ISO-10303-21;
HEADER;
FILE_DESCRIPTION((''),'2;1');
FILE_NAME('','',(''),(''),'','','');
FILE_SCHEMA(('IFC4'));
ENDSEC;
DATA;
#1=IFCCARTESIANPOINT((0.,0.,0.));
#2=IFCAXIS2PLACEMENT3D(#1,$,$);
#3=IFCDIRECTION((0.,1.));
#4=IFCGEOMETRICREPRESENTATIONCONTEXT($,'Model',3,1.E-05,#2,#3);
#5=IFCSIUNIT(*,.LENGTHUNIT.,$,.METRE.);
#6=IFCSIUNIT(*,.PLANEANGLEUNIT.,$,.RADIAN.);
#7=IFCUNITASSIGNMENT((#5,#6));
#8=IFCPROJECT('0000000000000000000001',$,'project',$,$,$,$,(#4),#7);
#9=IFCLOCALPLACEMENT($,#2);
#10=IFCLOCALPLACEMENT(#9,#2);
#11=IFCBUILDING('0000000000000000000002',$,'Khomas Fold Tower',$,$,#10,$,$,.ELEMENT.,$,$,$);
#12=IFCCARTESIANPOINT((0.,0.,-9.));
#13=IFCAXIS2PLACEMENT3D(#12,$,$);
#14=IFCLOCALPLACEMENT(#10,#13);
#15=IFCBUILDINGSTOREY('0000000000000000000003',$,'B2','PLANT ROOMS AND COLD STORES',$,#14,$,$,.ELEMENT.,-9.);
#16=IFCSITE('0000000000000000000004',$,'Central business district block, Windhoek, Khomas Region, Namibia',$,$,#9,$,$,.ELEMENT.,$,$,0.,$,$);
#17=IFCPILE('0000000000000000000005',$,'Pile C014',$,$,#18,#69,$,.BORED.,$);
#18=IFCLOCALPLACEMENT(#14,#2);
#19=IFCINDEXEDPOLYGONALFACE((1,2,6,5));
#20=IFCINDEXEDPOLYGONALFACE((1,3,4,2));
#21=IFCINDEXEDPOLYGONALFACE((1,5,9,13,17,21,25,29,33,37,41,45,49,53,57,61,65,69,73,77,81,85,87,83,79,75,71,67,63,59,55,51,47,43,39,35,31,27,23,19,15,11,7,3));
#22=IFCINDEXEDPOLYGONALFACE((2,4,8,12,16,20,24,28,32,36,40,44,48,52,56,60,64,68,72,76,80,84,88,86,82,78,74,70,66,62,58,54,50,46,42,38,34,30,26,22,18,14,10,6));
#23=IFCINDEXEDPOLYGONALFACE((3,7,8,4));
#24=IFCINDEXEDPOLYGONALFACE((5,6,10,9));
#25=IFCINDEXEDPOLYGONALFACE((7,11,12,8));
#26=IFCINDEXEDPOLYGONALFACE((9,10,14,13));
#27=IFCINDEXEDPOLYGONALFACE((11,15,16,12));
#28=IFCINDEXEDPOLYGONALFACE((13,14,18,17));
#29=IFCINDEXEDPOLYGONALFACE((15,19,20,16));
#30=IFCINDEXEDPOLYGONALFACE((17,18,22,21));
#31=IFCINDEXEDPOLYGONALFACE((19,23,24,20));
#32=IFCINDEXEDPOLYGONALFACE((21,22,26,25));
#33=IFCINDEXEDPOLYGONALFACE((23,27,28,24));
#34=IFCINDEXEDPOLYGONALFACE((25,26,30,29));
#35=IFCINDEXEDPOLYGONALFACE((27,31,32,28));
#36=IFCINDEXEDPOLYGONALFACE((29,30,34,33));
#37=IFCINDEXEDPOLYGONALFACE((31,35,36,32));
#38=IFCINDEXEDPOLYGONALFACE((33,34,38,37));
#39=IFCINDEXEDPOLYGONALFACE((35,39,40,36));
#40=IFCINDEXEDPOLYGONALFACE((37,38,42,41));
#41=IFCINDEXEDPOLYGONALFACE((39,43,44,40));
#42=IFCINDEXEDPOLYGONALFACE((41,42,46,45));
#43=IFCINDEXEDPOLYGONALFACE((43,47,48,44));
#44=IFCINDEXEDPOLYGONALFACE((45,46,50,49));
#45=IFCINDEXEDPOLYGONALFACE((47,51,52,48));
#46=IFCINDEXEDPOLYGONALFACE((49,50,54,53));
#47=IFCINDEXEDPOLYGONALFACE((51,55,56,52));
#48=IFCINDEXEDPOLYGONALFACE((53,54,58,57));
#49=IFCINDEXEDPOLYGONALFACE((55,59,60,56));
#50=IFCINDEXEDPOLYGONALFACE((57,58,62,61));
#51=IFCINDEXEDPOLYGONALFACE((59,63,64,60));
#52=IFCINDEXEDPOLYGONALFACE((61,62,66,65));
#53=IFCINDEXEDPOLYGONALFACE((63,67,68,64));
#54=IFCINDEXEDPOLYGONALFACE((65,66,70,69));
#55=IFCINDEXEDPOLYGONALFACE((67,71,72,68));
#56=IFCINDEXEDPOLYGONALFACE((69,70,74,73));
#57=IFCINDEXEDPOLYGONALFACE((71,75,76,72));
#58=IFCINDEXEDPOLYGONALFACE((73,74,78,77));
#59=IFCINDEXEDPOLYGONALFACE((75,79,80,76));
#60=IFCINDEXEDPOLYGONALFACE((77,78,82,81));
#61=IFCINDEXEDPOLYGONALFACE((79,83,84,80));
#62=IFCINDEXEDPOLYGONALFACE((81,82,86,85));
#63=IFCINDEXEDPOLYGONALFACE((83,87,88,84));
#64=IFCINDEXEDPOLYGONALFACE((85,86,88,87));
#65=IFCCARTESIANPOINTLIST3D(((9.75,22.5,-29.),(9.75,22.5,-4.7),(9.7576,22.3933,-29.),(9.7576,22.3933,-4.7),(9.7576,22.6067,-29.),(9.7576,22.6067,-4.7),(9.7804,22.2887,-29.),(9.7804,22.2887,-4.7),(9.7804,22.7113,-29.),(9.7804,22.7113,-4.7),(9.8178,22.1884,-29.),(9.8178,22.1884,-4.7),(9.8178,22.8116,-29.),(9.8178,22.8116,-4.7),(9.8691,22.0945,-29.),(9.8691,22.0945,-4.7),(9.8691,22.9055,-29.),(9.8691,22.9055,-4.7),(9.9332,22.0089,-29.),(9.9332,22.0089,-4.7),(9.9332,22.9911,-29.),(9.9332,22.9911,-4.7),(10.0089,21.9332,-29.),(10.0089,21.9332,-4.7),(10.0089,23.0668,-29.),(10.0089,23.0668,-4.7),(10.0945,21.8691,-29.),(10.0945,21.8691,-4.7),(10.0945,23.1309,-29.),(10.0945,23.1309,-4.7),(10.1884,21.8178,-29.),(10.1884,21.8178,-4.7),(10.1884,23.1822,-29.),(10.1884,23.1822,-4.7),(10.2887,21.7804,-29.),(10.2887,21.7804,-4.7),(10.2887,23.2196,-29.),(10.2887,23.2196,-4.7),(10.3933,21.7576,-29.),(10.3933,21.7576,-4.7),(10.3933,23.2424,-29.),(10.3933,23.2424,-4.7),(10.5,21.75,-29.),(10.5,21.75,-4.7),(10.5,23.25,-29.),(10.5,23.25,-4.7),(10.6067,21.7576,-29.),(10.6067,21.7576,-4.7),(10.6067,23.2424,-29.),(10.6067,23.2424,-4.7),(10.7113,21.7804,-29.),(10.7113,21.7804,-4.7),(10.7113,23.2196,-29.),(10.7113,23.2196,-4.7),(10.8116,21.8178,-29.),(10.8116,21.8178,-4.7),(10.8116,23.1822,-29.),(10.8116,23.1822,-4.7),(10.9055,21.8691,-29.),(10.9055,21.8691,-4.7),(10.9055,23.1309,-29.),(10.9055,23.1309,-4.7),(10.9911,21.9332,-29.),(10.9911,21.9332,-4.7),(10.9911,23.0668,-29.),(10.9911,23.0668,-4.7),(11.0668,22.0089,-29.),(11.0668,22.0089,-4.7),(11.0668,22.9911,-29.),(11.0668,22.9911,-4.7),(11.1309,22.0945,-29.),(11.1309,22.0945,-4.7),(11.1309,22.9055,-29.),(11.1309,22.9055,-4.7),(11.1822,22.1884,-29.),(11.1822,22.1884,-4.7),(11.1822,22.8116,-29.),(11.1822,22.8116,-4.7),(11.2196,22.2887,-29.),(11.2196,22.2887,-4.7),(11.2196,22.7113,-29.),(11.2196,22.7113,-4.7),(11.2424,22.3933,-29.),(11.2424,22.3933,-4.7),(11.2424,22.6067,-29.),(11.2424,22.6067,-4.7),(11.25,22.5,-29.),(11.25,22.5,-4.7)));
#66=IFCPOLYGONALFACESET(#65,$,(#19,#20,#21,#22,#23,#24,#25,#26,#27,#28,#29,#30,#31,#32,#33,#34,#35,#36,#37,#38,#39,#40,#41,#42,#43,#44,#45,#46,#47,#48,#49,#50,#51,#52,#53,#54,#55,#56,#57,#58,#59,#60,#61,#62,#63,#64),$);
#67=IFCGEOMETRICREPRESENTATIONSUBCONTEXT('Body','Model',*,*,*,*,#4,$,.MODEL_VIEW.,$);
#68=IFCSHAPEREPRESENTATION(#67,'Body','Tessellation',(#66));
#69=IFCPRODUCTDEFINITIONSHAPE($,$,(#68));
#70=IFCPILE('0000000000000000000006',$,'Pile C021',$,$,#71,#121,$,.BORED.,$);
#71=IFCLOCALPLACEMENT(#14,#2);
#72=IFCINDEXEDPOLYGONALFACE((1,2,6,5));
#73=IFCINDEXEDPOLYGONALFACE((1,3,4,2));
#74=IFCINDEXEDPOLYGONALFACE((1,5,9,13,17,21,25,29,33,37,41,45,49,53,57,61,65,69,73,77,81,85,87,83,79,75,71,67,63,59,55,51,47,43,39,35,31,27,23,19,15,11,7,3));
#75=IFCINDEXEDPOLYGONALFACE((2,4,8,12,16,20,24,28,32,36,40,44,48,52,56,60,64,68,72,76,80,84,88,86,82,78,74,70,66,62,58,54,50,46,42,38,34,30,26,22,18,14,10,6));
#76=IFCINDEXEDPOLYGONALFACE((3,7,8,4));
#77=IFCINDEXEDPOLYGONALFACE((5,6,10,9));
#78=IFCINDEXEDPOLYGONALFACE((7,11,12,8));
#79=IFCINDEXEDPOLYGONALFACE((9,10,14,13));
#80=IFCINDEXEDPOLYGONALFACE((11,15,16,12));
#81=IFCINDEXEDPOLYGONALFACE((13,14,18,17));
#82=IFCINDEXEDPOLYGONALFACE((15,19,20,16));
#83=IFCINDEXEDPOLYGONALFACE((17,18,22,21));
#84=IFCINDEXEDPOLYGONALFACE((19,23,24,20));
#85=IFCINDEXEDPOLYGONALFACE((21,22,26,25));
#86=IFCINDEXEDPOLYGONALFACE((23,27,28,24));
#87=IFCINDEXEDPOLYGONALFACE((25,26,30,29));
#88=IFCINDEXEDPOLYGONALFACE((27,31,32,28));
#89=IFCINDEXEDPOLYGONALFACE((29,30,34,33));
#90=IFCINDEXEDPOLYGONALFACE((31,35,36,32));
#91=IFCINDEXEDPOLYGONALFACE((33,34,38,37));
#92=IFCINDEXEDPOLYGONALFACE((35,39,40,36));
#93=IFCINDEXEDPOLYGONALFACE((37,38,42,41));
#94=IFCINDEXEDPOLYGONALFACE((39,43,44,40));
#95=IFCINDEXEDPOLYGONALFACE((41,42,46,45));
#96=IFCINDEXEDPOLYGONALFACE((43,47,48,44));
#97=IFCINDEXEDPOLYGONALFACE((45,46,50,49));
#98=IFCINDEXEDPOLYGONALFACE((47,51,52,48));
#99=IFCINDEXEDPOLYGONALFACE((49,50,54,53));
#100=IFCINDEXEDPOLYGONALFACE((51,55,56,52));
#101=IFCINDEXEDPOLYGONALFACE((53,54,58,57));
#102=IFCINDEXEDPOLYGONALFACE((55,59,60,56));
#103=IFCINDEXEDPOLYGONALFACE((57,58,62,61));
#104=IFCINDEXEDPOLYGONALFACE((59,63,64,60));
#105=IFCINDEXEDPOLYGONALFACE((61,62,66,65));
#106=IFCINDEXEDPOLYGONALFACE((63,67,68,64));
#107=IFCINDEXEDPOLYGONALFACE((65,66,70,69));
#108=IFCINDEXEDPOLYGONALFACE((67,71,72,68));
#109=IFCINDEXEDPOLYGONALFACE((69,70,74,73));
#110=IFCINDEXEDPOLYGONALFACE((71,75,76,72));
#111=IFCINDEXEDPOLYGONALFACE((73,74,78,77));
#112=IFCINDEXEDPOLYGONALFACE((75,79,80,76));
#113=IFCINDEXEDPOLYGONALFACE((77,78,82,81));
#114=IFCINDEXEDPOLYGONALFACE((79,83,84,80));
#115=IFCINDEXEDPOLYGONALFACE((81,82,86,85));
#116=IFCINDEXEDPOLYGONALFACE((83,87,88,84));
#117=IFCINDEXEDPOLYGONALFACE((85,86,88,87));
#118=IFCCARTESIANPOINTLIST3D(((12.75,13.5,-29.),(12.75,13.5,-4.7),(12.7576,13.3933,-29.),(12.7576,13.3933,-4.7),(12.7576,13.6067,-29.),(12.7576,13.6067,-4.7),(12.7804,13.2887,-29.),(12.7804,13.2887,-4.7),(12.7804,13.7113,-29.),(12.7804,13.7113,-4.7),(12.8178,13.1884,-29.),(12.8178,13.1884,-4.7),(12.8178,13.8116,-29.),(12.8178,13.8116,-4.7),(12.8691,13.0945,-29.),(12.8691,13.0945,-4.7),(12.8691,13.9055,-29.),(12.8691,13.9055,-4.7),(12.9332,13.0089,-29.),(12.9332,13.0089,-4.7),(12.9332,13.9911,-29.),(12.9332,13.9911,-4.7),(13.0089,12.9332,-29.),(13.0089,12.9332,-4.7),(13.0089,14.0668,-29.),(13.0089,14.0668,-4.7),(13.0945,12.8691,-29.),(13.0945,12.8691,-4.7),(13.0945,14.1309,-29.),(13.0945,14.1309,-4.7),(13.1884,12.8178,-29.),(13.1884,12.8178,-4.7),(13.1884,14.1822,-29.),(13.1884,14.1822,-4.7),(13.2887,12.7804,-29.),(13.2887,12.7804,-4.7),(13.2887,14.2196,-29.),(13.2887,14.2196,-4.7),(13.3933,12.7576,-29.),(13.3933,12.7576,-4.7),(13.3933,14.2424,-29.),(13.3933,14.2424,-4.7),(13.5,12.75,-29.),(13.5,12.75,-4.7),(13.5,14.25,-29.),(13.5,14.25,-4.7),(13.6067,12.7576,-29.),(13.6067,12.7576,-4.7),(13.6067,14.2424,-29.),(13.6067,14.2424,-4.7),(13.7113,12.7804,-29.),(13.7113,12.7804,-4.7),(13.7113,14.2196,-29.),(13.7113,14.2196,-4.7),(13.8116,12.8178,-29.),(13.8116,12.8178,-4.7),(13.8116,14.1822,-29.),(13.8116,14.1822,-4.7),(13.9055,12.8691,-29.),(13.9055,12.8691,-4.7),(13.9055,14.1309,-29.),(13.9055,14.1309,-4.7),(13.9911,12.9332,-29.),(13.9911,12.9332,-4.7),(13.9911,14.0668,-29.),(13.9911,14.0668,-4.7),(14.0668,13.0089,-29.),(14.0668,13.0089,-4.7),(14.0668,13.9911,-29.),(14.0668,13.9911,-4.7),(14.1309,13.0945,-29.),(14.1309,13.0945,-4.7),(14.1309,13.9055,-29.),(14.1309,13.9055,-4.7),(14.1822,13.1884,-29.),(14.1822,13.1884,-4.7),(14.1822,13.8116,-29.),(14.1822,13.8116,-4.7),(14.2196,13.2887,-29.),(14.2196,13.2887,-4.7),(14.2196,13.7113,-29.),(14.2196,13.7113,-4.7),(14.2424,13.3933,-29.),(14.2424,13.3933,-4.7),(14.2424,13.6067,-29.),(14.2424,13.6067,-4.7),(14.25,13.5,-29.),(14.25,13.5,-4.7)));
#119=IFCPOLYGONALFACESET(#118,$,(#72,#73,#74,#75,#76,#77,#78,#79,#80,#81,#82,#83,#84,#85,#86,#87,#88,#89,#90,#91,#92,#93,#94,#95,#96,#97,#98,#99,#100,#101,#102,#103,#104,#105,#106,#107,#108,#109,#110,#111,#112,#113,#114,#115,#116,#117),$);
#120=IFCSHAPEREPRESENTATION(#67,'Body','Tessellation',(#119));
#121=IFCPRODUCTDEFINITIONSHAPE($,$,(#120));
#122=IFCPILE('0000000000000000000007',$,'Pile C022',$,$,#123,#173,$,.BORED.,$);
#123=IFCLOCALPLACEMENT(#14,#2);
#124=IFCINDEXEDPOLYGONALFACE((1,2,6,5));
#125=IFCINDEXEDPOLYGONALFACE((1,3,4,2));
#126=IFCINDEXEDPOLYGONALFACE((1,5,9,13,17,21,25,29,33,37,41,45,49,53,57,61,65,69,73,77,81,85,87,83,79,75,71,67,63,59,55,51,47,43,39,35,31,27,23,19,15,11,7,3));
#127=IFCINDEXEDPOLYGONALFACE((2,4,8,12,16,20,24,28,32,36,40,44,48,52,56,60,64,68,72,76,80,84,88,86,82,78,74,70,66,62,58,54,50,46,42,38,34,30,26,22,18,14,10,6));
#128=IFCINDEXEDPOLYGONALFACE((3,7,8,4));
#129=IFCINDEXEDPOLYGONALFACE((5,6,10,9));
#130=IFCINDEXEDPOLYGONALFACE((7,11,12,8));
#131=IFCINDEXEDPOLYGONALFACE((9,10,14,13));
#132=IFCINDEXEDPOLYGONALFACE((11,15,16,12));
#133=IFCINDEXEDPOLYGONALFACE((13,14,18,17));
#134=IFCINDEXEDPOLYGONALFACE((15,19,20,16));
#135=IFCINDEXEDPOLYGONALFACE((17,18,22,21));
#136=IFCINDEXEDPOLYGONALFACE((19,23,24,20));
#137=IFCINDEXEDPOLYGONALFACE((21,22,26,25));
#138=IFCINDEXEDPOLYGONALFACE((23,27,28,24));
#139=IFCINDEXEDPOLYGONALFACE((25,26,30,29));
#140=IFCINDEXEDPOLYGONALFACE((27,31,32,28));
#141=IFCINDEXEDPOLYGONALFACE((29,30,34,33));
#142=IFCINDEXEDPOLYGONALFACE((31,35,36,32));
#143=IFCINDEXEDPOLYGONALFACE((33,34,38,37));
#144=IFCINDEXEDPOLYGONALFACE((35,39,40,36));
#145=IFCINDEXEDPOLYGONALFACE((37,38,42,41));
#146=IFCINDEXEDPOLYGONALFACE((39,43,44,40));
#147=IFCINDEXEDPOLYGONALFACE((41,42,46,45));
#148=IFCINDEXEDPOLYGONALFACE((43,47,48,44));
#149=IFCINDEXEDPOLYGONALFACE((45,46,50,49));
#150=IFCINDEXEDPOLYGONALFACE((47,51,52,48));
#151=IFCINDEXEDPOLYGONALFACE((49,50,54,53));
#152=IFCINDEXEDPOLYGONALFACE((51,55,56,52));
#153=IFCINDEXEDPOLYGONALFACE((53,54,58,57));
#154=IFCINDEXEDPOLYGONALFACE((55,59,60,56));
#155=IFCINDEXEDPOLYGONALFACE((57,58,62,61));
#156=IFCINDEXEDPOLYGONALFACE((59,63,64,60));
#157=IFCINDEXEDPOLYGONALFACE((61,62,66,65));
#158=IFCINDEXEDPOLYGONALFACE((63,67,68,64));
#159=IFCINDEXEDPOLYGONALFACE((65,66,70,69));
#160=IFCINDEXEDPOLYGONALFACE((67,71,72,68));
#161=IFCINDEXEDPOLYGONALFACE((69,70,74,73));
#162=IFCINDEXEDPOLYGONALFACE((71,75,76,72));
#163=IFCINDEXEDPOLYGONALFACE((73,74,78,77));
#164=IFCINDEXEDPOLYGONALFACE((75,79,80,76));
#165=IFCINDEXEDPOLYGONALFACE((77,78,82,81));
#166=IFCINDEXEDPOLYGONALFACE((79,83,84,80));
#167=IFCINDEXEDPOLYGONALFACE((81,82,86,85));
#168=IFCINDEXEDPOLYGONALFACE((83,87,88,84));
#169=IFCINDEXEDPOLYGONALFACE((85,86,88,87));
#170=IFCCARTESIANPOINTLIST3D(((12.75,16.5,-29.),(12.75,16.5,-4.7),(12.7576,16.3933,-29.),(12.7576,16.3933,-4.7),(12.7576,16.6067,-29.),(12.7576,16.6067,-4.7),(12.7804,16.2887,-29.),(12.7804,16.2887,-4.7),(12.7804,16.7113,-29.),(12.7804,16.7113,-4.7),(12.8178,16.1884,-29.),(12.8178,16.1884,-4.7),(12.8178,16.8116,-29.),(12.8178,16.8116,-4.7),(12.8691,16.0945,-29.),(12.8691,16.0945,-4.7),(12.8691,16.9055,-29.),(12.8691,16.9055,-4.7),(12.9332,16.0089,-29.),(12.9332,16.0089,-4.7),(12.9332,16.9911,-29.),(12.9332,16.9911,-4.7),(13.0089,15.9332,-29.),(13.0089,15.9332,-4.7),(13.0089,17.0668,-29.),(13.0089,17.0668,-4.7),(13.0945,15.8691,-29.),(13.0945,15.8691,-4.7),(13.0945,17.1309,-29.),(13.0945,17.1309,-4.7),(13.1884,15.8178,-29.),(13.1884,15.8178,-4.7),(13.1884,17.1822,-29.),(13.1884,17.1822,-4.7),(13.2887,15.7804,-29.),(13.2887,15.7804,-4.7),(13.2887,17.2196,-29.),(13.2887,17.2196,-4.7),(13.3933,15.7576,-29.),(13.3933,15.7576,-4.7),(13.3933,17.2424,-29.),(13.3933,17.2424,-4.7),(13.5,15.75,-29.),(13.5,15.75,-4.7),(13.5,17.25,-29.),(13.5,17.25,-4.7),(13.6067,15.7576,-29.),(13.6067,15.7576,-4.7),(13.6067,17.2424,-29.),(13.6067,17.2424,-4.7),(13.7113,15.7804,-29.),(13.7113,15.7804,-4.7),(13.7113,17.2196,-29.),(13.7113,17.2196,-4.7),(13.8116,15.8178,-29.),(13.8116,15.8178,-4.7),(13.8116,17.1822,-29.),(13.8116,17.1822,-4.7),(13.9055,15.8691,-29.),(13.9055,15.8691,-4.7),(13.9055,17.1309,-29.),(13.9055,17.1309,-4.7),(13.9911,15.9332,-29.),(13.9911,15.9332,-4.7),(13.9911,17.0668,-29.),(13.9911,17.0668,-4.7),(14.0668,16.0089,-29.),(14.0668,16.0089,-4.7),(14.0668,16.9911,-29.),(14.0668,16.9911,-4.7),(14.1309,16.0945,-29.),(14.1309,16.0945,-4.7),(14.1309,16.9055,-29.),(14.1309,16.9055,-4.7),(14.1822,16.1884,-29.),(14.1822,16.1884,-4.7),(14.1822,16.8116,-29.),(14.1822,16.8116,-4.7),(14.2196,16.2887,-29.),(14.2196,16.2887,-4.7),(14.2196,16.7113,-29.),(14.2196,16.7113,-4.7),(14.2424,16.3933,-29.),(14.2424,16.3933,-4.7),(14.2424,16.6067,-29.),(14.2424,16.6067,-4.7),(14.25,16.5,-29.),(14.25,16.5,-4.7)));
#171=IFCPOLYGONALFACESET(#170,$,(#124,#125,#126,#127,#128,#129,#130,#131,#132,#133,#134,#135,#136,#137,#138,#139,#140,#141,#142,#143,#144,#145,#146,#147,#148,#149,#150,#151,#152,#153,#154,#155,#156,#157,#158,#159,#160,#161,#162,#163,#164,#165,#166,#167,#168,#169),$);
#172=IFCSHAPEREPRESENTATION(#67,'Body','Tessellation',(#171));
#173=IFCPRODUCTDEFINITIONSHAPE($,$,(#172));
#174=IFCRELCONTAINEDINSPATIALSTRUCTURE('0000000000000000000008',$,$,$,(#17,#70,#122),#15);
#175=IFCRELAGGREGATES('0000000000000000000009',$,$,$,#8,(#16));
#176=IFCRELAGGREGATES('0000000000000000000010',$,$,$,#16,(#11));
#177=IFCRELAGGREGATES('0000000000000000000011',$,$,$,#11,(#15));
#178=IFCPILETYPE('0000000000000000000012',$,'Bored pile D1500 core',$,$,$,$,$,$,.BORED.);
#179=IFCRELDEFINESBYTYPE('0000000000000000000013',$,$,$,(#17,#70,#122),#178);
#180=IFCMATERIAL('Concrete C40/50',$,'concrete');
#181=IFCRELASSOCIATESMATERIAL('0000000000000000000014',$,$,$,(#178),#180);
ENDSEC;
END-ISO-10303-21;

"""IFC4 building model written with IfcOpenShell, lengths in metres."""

from ifc_helpers import new_model, si_unit, direction, frame, origin, origin_2d, place, context, subcontext, project, spatial, circle, extrude, source, transform, mapped, material, material_profile, profile_set, type_object, element, save


model = new_model("IFC4")

# Units and contexts
model_context = context("Model", 3, precision=1e-05, world=origin(), true_north=direction((0.0, 1.0)))
body_context = subcontext(model_context, "Body", "Model", "MODEL_VIEW")
ifc_project = project(units=[si_unit("LENGTHUNIT", "METRE"), si_unit("PLANEANGLEUNIT", "RADIAN")], contexts=[model_context])

# Site, building, storey
site_placement = place(None, origin())
site = spatial("IfcSite", under=ifc_project, at=site_placement, Name="Central business district block, Windhoek, Khomas Region, Namibia", CompositionType="ELEMENT", RefElevation=0.0)
building_placement = place(site_placement, origin())
building = spatial("IfcBuilding", under=site, at=building_placement, Name="Khomas Fold Tower", CompositionType="ELEMENT")
storey_placement = place(building_placement, frame((0.0, 0.0, -9.0)))
storey = spatial("IfcBuildingStorey", under=building, at=storey_placement, Name="B2", Description="PLANT ROOMS AND COLD STORES", CompositionType="ELEMENT", Elevation=-9.0)

# Piles
ifc_material_1 = material(Name="Concrete C40/50", Category="concrete")
ifc_material_profile = material_profile(ifc_material_1, circle(Radius=0.75, at=origin_2d()), Name="PILE D1500")
ifc_profile_set = profile_set([ifc_material_profile], Name="Concrete C40/50")
pile_type = type_object("IfcPileType", Name="Bored pile D1500 core", PredefinedType="BORED", material=ifc_profile_set)
shared_shape_1 = source(origin(), body_context, "Body", "SweptSolid", [
    extrude(circle(Radius=0.75, at=origin_2d()), origin(), (0.0, 0.0, 1.0), 24.3),
])
for number, where, z_axis, x_axis, name in (
    (1, (10.5, 22.5, -4.7), (0.0, 0.0, -1.0), (1.0, 0.0, 0.0), "Pile C014"),
    (2, (13.5, 13.5, -4.7), (0.0, 0.0, -1.0), (1.0, 0.0, 0.0), "Pile C021"),
    (3, (13.5, 16.5, -4.7), (0.0, 0.0, -1.0), (1.0, 0.0, 0.0), "Pile C022"),
):
    element("IfcPile", number, at=place(storey_placement, frame(where, z_axis=z_axis, x_axis=x_axis)), inside=storey, type_object=pile_type, Name=name, PredefinedType="BORED", context=body_context, shape_type="MappedRepresentation", body=[
        mapped(shared_shape_1, transform((0.0, 0.0, 0.0))),
    ])

save(model, "model.ifc")
